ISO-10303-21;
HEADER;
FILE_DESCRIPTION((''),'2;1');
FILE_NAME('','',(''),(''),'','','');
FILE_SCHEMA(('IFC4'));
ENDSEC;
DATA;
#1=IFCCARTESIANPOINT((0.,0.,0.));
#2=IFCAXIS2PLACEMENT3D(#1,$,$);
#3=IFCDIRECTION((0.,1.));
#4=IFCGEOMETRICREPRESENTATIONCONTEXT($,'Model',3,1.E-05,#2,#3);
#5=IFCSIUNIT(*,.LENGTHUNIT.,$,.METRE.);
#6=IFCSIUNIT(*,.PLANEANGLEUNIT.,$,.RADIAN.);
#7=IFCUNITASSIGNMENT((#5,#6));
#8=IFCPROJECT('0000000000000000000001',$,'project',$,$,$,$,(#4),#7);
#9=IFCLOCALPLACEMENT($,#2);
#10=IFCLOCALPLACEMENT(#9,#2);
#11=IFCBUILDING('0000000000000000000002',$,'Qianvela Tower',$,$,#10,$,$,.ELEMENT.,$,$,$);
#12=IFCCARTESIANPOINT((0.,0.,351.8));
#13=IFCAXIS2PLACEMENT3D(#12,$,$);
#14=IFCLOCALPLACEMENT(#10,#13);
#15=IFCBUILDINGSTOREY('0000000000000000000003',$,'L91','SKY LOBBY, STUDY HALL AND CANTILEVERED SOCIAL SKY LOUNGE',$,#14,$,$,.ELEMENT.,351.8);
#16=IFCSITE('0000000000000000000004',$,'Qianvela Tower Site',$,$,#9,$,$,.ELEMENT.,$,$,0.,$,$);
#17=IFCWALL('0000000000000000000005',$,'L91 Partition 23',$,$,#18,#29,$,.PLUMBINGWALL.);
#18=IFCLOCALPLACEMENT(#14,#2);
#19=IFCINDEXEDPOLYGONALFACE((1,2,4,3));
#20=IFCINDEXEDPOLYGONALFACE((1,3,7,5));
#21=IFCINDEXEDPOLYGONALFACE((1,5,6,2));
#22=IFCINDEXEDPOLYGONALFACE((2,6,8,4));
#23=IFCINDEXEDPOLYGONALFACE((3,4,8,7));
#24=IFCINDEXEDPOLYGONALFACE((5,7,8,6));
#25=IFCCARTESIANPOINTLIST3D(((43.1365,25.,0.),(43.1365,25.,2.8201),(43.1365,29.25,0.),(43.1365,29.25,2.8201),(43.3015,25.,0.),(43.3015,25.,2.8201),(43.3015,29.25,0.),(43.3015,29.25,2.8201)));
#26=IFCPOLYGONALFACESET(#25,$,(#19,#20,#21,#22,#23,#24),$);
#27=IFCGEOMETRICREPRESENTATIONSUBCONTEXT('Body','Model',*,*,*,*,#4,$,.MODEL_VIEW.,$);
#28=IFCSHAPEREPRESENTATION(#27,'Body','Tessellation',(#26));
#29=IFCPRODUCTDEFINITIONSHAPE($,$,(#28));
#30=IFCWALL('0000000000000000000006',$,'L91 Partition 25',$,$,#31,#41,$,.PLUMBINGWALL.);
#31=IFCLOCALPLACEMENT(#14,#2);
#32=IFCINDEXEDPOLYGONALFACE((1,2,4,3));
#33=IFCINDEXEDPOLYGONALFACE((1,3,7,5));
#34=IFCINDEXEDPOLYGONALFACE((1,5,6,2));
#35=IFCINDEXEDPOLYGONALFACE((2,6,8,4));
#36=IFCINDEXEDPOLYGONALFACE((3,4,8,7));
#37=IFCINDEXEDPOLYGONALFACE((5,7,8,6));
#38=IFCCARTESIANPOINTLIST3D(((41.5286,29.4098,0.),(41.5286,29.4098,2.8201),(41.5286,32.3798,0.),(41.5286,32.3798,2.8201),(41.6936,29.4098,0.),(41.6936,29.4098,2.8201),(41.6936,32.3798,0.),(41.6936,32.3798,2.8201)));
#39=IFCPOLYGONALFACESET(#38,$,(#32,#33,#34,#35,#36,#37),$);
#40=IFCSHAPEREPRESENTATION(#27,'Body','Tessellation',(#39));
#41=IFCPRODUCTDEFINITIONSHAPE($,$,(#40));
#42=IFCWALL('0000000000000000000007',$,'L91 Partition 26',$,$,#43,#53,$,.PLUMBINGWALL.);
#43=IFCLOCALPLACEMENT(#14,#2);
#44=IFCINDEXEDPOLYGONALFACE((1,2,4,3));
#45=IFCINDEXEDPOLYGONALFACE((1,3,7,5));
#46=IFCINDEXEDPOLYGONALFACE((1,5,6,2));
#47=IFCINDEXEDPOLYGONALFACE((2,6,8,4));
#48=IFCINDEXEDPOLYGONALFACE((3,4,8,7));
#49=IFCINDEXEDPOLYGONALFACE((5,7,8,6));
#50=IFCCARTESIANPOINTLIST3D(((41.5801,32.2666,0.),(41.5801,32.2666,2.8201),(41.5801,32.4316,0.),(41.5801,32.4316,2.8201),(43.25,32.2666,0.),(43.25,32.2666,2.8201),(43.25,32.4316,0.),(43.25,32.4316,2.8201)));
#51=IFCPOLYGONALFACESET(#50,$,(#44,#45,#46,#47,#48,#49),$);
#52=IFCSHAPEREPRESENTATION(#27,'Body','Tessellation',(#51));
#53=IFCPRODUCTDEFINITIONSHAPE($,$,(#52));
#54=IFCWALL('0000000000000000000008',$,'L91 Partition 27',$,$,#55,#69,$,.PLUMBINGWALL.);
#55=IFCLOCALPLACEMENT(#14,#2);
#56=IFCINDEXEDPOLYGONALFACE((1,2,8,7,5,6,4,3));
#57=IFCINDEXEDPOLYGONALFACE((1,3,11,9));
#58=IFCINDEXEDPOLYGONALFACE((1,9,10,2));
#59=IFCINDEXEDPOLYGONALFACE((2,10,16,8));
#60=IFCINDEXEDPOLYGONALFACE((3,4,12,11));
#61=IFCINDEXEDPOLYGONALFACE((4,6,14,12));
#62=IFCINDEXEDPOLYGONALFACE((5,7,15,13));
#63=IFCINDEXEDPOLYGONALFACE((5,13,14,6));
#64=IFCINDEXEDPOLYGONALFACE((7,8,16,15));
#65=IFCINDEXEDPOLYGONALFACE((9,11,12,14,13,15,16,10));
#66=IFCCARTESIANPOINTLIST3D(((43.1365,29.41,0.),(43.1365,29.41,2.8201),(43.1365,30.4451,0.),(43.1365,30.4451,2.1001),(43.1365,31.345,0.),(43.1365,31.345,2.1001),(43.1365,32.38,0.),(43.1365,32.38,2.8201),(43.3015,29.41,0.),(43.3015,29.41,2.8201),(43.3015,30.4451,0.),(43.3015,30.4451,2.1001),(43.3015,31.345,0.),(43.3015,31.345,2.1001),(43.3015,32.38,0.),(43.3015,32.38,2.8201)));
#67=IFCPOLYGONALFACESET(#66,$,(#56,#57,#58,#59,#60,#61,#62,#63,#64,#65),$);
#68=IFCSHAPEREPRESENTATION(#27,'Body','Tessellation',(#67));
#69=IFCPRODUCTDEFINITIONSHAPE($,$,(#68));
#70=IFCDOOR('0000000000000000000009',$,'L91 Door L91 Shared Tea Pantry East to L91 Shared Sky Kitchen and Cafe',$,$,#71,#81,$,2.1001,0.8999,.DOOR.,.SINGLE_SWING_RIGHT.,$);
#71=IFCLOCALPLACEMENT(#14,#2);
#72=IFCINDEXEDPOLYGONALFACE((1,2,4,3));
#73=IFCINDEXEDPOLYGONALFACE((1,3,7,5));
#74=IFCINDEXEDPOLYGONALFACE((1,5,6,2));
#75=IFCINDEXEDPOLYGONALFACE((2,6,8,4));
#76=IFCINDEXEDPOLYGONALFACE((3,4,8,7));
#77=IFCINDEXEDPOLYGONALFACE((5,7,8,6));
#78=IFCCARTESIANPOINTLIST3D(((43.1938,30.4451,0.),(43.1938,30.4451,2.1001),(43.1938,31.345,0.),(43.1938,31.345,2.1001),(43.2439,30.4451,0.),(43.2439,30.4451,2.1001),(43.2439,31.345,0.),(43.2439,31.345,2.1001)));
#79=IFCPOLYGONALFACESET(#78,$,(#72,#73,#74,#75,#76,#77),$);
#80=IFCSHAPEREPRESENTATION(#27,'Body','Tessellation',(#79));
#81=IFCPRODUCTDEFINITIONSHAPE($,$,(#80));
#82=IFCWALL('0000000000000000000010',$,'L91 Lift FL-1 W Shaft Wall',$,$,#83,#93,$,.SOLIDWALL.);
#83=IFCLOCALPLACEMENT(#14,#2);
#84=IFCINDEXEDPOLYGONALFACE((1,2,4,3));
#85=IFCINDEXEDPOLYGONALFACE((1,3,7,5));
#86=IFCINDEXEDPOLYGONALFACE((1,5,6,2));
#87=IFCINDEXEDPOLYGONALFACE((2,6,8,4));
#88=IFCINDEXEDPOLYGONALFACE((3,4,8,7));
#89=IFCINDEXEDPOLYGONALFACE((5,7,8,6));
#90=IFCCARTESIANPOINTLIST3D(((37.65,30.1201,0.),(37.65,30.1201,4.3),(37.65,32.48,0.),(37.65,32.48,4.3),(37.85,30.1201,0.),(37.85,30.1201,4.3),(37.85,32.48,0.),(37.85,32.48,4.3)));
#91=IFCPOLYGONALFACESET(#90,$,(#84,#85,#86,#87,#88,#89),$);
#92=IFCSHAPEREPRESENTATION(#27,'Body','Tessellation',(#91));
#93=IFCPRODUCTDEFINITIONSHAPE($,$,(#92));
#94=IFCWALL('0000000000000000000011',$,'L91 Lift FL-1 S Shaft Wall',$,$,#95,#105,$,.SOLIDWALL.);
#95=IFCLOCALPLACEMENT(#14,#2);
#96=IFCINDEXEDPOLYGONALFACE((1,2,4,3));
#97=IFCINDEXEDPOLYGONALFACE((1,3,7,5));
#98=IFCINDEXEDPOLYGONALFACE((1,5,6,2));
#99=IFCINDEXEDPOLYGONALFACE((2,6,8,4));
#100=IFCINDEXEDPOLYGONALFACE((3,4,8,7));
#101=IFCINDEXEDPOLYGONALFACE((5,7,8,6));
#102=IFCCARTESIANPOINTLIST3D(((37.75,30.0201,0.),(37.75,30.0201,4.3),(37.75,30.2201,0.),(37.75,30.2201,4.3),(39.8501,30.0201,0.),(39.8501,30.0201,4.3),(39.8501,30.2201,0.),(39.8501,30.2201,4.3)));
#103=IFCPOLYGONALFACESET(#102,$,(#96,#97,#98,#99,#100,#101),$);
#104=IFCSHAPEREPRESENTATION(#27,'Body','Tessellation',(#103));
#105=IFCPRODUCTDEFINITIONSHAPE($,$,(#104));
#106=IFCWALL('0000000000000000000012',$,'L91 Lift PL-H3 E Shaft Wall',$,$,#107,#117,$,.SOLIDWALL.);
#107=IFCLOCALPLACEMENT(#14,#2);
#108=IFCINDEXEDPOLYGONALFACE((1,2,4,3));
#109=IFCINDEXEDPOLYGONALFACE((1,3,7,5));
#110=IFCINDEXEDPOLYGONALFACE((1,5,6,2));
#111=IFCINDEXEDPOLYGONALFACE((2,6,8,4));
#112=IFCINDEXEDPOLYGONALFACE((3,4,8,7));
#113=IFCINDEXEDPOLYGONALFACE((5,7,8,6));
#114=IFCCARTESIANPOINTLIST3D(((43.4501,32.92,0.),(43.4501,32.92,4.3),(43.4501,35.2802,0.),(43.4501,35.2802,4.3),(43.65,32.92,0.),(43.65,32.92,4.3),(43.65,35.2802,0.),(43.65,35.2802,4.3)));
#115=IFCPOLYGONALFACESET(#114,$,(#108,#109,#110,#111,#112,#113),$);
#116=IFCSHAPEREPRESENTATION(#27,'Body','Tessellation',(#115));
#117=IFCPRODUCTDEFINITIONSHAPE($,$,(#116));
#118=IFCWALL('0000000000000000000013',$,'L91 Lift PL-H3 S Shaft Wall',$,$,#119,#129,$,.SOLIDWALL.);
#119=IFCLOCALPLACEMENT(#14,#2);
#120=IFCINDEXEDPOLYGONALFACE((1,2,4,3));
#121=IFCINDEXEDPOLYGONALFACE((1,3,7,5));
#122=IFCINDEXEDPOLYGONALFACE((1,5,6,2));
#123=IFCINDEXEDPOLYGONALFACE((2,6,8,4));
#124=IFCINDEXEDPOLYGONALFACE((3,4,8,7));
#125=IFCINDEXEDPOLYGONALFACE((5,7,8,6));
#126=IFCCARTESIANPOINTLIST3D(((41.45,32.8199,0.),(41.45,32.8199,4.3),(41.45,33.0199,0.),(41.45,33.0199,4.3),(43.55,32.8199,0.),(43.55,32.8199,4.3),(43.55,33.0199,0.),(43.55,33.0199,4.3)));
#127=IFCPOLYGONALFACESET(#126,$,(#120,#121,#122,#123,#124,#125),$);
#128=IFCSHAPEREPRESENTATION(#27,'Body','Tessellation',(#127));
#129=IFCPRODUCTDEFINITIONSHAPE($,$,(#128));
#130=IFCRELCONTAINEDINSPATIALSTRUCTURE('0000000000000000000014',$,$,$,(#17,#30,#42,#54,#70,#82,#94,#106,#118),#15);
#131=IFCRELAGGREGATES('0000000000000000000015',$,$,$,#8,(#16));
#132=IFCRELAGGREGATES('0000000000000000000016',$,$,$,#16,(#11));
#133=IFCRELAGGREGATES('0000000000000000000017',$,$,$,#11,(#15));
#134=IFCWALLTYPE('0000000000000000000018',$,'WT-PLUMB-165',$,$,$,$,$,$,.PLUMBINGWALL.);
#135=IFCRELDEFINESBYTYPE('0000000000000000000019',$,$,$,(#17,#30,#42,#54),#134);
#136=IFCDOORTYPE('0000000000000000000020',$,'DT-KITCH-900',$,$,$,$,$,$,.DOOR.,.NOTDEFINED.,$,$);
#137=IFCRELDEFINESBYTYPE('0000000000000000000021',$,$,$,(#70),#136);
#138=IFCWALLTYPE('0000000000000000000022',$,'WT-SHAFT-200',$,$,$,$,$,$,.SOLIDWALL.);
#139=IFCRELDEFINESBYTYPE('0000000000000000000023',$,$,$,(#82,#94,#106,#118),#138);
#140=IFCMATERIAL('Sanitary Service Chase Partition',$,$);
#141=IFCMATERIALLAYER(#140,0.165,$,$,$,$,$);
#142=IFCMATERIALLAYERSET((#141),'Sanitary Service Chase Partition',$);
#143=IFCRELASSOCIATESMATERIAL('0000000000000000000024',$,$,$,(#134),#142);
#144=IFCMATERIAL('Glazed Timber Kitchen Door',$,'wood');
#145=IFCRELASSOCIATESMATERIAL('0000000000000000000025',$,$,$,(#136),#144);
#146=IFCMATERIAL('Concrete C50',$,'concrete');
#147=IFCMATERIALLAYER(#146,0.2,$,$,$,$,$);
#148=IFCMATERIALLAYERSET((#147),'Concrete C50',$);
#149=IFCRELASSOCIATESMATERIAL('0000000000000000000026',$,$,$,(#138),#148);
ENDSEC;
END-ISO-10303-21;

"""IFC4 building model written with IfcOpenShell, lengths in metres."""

from ifc_helpers import new_model, si_unit, direction, frame, frame_2d, origin, place, context, subcontext, project, spatial, rectangle, extrude, material, layer, layer_set, type_object, element, fill, save


model = new_model("IFC4")

# Units and contexts
model_context = context("Model", 3, precision=1e-05, world=origin(), true_north=direction((0.0, 1.0)))
body_context = subcontext(model_context, "Body", "Model", "MODEL_VIEW")
ifc_project = project(units=[si_unit("LENGTHUNIT", "METRE"), si_unit("PLANEANGLEUNIT", "RADIAN")], contexts=[model_context])

# Site, building, storey
site_placement = place(None, origin())
site = spatial("IfcSite", under=ifc_project, at=site_placement, Name="Qianvela Tower Site", CompositionType="ELEMENT", RefElevation=0.0)
building_placement = place(site_placement, origin())
building = spatial("IfcBuilding", under=site, at=building_placement, Name="Qianvela Tower", CompositionType="ELEMENT")
storey_placement = place(building_placement, frame((0.0, 0.0, 351.8)))
storey = spatial("IfcBuildingStorey", under=building, at=storey_placement, Name="L91", Description="SKY LOBBY, STUDY HALL AND CANTILEVERED SOCIAL SKY LOUNGE", CompositionType="ELEMENT", Elevation=351.8)

# Shared definitions
ifc_material_1 = material(Name="Sanitary Service Chase Partition")
ifc_layer_1 = layer(ifc_material_1, 0.165)
ifc_layer_set_1 = layer_set([ifc_layer_1], Name="Sanitary Service Chase Partition")
wall_type_1 = type_object("IfcWallType", Name="WT-PLUMB-165", PredefinedType="PLUMBINGWALL", material=ifc_layer_set_1)

# Walls
wall_1_placement = place(storey_placement, frame((43.219, 29.25, 0.0), z_axis=(0.0, 0.0, 1.0), x_axis=(0.0, -1.0, 0.0)))
element("IfcWall", 1, at=wall_1_placement, inside=storey, type_object=wall_type_1, Name="L91 Partition 23", PredefinedType="PLUMBINGWALL", context=body_context, shape_type="SweptSolid", body=[
    extrude(rectangle(XDim=4.25, YDim=0.165, at=frame_2d((2.125, 0.0))), origin(), (0.0, 0.0, 1.0), 2.8201),
])
wall_2_placement = place(storey_placement, frame((41.6111, 29.4099, 0.0), z_axis=(0.0, 0.0, 1.0), x_axis=(0.0, 1.0, 0.0)))
element("IfcWall", 2, at=wall_2_placement, inside=storey, type_object=wall_type_1, Name="L91 Partition 25", PredefinedType="PLUMBINGWALL", context=body_context, shape_type="SweptSolid", body=[
    extrude(rectangle(XDim=2.97, YDim=0.165, at=frame_2d((1.4849, 0.0))), origin(), (0.0, 0.0, 1.0), 2.8201),
])
wall_3_placement = place(storey_placement, frame((41.5801, 32.3491, 0.0), z_axis=(0.0, 0.0, 1.0), x_axis=(1.0, 0.0, 0.0)))
element("IfcWall", 3, at=wall_3_placement, inside=storey, type_object=wall_type_1, Name="L91 Partition 26", PredefinedType="PLUMBINGWALL", context=body_context, shape_type="SweptSolid", body=[
    extrude(rectangle(XDim=1.6699, YDim=0.165, at=frame_2d((0.835, 0.0))), origin(), (0.0, 0.0, 1.0), 2.8201),
])

# Wall, opening, door
wall_4_placement = place(storey_placement, frame((43.219, 32.3799, 0.0), z_axis=(0.0, 0.0, 1.0), x_axis=(0.0, -1.0, 0.0)))
wall_4 = element("IfcWall", 4, at=wall_4_placement, inside=storey, type_object=wall_type_1, Name="L91 Partition 27", PredefinedType="PLUMBINGWALL", context=body_context, shape_type="SweptSolid", body=[
    extrude(rectangle(XDim=2.97, YDim=0.165, at=frame_2d((1.4849, 0.0))), origin(), (0.0, 0.0, 1.0), 2.8201),
])
opening_1_placement = place(wall_4_placement, frame((1.0349, 0.0, 0.0)))
opening_1 = element("IfcOpeningElement", 5, at=opening_1_placement, cuts=wall_4, PredefinedType="OPENING", context=body_context, shape_type="SweptSolid", body=[
    extrude(rectangle(XDim=0.8999, YDim=2.1001, at=frame_2d((0.45, 1.05))), frame((0.0, 0.0925, 0.0), z_axis=(0.0, -1.0, 0.0), x_axis=(1.0, 0.0, 0.0)), (0.0, 0.0, 1.0), 0.1851),
])
ifc_material_2 = material(Name="Glazed Timber Kitchen Door", Category="wood")
door_type_1 = type_object("IfcDoorType", Name="DT-KITCH-900", OperationType="NOTDEFINED", PredefinedType="DOOR", material=ifc_material_2)
door_1_placement = place(opening_1_placement, origin())
door_1 = element("IfcDoor", 6, at=door_1_placement, inside=storey, type_object=door_type_1, Name="L91 Door L91 Shared Tea Pantry East to L91 Shared Sky Kitchen and Cafe", OperationType="SINGLE_SWING_RIGHT", OverallHeight=2.1001, OverallWidth=0.8999, PredefinedType="DOOR", context=body_context, shape_type="SweptSolid", body=[
    extrude(rectangle(XDim=0.8999, YDim=2.1001, at=frame_2d((0.45, 1.05))), frame((0.0, 0.0249, 0.0), z_axis=(0.0, -1.0, 0.0), x_axis=(1.0, 0.0, 0.0)), (0.0, 0.0, 1.0), 0.05),
])
fill(opening_1, door_1)
ifc_material_3 = material(Name="Concrete C50", Category="concrete")
ifc_layer_2 = layer(ifc_material_3, 0.2)
ifc_layer_set_2 = layer_set([ifc_layer_2], Name="Concrete C50")
wall_type_2 = type_object("IfcWallType", Name="WT-SHAFT-200", PredefinedType="SOLIDWALL", material=ifc_layer_set_2)

# Walls
wall_5_placement = place(storey_placement, frame((37.75, 30.1201, 0.0), z_axis=(0.0, 0.0, 1.0), x_axis=(0.0, 1.0, 0.0)))
element("IfcWall", 7, at=wall_5_placement, inside=storey, type_object=wall_type_2, Name="L91 Lift FL-1 W Shaft Wall", PredefinedType="SOLIDWALL", context=body_context, shape_type="SweptSolid", body=[
    extrude(rectangle(XDim=2.3599, YDim=0.2, at=frame_2d((1.1799, 0.0))), origin(), (0.0, 0.0, 1.0), 4.3),
])
wall_6_placement = place(storey_placement, frame((37.75, 30.1201, 0.0), z_axis=(0.0, 0.0, 1.0), x_axis=(1.0, 0.0, 0.0)))
element("IfcWall", 8, at=wall_6_placement, inside=storey, type_object=wall_type_2, Name="L91 Lift FL-1 S Shaft Wall", PredefinedType="SOLIDWALL", context=body_context, shape_type="SweptSolid", body=[
    extrude(rectangle(XDim=2.1001, YDim=0.2, at=frame_2d((1.05, 0.0))), origin(), (0.0, 0.0, 1.0), 4.3),
])
wall_7_placement = place(storey_placement, frame((43.55, 32.9199, 0.0), z_axis=(0.0, 0.0, 1.0), x_axis=(0.0, 1.0, 0.0)))
element("IfcWall", 9, at=wall_7_placement, inside=storey, type_object=wall_type_2, Name="L91 Lift PL-H3 E Shaft Wall", PredefinedType="SOLIDWALL", context=body_context, shape_type="SweptSolid", body=[
    extrude(rectangle(XDim=2.3601, YDim=0.2, at=frame_2d((1.1802, 0.0))), origin(), (0.0, 0.0, 1.0), 4.3),
])

# Wall
wall_8_placement = place(storey_placement, frame((41.45, 32.9199, 0.0), z_axis=(0.0, 0.0, 1.0), x_axis=(1.0, 0.0, 0.0)))
element("IfcWall", 10, at=wall_8_placement, inside=storey, type_object=wall_type_2, Name="L91 Lift PL-H3 S Shaft Wall", PredefinedType="SOLIDWALL", context=body_context, shape_type="SweptSolid", body=[
    extrude(rectangle(XDim=2.1001, YDim=0.2, at=frame_2d((1.05, 0.0))), origin(), (0.0, 0.0, 1.0), 4.3),
])

save(model, "model.ifc")
